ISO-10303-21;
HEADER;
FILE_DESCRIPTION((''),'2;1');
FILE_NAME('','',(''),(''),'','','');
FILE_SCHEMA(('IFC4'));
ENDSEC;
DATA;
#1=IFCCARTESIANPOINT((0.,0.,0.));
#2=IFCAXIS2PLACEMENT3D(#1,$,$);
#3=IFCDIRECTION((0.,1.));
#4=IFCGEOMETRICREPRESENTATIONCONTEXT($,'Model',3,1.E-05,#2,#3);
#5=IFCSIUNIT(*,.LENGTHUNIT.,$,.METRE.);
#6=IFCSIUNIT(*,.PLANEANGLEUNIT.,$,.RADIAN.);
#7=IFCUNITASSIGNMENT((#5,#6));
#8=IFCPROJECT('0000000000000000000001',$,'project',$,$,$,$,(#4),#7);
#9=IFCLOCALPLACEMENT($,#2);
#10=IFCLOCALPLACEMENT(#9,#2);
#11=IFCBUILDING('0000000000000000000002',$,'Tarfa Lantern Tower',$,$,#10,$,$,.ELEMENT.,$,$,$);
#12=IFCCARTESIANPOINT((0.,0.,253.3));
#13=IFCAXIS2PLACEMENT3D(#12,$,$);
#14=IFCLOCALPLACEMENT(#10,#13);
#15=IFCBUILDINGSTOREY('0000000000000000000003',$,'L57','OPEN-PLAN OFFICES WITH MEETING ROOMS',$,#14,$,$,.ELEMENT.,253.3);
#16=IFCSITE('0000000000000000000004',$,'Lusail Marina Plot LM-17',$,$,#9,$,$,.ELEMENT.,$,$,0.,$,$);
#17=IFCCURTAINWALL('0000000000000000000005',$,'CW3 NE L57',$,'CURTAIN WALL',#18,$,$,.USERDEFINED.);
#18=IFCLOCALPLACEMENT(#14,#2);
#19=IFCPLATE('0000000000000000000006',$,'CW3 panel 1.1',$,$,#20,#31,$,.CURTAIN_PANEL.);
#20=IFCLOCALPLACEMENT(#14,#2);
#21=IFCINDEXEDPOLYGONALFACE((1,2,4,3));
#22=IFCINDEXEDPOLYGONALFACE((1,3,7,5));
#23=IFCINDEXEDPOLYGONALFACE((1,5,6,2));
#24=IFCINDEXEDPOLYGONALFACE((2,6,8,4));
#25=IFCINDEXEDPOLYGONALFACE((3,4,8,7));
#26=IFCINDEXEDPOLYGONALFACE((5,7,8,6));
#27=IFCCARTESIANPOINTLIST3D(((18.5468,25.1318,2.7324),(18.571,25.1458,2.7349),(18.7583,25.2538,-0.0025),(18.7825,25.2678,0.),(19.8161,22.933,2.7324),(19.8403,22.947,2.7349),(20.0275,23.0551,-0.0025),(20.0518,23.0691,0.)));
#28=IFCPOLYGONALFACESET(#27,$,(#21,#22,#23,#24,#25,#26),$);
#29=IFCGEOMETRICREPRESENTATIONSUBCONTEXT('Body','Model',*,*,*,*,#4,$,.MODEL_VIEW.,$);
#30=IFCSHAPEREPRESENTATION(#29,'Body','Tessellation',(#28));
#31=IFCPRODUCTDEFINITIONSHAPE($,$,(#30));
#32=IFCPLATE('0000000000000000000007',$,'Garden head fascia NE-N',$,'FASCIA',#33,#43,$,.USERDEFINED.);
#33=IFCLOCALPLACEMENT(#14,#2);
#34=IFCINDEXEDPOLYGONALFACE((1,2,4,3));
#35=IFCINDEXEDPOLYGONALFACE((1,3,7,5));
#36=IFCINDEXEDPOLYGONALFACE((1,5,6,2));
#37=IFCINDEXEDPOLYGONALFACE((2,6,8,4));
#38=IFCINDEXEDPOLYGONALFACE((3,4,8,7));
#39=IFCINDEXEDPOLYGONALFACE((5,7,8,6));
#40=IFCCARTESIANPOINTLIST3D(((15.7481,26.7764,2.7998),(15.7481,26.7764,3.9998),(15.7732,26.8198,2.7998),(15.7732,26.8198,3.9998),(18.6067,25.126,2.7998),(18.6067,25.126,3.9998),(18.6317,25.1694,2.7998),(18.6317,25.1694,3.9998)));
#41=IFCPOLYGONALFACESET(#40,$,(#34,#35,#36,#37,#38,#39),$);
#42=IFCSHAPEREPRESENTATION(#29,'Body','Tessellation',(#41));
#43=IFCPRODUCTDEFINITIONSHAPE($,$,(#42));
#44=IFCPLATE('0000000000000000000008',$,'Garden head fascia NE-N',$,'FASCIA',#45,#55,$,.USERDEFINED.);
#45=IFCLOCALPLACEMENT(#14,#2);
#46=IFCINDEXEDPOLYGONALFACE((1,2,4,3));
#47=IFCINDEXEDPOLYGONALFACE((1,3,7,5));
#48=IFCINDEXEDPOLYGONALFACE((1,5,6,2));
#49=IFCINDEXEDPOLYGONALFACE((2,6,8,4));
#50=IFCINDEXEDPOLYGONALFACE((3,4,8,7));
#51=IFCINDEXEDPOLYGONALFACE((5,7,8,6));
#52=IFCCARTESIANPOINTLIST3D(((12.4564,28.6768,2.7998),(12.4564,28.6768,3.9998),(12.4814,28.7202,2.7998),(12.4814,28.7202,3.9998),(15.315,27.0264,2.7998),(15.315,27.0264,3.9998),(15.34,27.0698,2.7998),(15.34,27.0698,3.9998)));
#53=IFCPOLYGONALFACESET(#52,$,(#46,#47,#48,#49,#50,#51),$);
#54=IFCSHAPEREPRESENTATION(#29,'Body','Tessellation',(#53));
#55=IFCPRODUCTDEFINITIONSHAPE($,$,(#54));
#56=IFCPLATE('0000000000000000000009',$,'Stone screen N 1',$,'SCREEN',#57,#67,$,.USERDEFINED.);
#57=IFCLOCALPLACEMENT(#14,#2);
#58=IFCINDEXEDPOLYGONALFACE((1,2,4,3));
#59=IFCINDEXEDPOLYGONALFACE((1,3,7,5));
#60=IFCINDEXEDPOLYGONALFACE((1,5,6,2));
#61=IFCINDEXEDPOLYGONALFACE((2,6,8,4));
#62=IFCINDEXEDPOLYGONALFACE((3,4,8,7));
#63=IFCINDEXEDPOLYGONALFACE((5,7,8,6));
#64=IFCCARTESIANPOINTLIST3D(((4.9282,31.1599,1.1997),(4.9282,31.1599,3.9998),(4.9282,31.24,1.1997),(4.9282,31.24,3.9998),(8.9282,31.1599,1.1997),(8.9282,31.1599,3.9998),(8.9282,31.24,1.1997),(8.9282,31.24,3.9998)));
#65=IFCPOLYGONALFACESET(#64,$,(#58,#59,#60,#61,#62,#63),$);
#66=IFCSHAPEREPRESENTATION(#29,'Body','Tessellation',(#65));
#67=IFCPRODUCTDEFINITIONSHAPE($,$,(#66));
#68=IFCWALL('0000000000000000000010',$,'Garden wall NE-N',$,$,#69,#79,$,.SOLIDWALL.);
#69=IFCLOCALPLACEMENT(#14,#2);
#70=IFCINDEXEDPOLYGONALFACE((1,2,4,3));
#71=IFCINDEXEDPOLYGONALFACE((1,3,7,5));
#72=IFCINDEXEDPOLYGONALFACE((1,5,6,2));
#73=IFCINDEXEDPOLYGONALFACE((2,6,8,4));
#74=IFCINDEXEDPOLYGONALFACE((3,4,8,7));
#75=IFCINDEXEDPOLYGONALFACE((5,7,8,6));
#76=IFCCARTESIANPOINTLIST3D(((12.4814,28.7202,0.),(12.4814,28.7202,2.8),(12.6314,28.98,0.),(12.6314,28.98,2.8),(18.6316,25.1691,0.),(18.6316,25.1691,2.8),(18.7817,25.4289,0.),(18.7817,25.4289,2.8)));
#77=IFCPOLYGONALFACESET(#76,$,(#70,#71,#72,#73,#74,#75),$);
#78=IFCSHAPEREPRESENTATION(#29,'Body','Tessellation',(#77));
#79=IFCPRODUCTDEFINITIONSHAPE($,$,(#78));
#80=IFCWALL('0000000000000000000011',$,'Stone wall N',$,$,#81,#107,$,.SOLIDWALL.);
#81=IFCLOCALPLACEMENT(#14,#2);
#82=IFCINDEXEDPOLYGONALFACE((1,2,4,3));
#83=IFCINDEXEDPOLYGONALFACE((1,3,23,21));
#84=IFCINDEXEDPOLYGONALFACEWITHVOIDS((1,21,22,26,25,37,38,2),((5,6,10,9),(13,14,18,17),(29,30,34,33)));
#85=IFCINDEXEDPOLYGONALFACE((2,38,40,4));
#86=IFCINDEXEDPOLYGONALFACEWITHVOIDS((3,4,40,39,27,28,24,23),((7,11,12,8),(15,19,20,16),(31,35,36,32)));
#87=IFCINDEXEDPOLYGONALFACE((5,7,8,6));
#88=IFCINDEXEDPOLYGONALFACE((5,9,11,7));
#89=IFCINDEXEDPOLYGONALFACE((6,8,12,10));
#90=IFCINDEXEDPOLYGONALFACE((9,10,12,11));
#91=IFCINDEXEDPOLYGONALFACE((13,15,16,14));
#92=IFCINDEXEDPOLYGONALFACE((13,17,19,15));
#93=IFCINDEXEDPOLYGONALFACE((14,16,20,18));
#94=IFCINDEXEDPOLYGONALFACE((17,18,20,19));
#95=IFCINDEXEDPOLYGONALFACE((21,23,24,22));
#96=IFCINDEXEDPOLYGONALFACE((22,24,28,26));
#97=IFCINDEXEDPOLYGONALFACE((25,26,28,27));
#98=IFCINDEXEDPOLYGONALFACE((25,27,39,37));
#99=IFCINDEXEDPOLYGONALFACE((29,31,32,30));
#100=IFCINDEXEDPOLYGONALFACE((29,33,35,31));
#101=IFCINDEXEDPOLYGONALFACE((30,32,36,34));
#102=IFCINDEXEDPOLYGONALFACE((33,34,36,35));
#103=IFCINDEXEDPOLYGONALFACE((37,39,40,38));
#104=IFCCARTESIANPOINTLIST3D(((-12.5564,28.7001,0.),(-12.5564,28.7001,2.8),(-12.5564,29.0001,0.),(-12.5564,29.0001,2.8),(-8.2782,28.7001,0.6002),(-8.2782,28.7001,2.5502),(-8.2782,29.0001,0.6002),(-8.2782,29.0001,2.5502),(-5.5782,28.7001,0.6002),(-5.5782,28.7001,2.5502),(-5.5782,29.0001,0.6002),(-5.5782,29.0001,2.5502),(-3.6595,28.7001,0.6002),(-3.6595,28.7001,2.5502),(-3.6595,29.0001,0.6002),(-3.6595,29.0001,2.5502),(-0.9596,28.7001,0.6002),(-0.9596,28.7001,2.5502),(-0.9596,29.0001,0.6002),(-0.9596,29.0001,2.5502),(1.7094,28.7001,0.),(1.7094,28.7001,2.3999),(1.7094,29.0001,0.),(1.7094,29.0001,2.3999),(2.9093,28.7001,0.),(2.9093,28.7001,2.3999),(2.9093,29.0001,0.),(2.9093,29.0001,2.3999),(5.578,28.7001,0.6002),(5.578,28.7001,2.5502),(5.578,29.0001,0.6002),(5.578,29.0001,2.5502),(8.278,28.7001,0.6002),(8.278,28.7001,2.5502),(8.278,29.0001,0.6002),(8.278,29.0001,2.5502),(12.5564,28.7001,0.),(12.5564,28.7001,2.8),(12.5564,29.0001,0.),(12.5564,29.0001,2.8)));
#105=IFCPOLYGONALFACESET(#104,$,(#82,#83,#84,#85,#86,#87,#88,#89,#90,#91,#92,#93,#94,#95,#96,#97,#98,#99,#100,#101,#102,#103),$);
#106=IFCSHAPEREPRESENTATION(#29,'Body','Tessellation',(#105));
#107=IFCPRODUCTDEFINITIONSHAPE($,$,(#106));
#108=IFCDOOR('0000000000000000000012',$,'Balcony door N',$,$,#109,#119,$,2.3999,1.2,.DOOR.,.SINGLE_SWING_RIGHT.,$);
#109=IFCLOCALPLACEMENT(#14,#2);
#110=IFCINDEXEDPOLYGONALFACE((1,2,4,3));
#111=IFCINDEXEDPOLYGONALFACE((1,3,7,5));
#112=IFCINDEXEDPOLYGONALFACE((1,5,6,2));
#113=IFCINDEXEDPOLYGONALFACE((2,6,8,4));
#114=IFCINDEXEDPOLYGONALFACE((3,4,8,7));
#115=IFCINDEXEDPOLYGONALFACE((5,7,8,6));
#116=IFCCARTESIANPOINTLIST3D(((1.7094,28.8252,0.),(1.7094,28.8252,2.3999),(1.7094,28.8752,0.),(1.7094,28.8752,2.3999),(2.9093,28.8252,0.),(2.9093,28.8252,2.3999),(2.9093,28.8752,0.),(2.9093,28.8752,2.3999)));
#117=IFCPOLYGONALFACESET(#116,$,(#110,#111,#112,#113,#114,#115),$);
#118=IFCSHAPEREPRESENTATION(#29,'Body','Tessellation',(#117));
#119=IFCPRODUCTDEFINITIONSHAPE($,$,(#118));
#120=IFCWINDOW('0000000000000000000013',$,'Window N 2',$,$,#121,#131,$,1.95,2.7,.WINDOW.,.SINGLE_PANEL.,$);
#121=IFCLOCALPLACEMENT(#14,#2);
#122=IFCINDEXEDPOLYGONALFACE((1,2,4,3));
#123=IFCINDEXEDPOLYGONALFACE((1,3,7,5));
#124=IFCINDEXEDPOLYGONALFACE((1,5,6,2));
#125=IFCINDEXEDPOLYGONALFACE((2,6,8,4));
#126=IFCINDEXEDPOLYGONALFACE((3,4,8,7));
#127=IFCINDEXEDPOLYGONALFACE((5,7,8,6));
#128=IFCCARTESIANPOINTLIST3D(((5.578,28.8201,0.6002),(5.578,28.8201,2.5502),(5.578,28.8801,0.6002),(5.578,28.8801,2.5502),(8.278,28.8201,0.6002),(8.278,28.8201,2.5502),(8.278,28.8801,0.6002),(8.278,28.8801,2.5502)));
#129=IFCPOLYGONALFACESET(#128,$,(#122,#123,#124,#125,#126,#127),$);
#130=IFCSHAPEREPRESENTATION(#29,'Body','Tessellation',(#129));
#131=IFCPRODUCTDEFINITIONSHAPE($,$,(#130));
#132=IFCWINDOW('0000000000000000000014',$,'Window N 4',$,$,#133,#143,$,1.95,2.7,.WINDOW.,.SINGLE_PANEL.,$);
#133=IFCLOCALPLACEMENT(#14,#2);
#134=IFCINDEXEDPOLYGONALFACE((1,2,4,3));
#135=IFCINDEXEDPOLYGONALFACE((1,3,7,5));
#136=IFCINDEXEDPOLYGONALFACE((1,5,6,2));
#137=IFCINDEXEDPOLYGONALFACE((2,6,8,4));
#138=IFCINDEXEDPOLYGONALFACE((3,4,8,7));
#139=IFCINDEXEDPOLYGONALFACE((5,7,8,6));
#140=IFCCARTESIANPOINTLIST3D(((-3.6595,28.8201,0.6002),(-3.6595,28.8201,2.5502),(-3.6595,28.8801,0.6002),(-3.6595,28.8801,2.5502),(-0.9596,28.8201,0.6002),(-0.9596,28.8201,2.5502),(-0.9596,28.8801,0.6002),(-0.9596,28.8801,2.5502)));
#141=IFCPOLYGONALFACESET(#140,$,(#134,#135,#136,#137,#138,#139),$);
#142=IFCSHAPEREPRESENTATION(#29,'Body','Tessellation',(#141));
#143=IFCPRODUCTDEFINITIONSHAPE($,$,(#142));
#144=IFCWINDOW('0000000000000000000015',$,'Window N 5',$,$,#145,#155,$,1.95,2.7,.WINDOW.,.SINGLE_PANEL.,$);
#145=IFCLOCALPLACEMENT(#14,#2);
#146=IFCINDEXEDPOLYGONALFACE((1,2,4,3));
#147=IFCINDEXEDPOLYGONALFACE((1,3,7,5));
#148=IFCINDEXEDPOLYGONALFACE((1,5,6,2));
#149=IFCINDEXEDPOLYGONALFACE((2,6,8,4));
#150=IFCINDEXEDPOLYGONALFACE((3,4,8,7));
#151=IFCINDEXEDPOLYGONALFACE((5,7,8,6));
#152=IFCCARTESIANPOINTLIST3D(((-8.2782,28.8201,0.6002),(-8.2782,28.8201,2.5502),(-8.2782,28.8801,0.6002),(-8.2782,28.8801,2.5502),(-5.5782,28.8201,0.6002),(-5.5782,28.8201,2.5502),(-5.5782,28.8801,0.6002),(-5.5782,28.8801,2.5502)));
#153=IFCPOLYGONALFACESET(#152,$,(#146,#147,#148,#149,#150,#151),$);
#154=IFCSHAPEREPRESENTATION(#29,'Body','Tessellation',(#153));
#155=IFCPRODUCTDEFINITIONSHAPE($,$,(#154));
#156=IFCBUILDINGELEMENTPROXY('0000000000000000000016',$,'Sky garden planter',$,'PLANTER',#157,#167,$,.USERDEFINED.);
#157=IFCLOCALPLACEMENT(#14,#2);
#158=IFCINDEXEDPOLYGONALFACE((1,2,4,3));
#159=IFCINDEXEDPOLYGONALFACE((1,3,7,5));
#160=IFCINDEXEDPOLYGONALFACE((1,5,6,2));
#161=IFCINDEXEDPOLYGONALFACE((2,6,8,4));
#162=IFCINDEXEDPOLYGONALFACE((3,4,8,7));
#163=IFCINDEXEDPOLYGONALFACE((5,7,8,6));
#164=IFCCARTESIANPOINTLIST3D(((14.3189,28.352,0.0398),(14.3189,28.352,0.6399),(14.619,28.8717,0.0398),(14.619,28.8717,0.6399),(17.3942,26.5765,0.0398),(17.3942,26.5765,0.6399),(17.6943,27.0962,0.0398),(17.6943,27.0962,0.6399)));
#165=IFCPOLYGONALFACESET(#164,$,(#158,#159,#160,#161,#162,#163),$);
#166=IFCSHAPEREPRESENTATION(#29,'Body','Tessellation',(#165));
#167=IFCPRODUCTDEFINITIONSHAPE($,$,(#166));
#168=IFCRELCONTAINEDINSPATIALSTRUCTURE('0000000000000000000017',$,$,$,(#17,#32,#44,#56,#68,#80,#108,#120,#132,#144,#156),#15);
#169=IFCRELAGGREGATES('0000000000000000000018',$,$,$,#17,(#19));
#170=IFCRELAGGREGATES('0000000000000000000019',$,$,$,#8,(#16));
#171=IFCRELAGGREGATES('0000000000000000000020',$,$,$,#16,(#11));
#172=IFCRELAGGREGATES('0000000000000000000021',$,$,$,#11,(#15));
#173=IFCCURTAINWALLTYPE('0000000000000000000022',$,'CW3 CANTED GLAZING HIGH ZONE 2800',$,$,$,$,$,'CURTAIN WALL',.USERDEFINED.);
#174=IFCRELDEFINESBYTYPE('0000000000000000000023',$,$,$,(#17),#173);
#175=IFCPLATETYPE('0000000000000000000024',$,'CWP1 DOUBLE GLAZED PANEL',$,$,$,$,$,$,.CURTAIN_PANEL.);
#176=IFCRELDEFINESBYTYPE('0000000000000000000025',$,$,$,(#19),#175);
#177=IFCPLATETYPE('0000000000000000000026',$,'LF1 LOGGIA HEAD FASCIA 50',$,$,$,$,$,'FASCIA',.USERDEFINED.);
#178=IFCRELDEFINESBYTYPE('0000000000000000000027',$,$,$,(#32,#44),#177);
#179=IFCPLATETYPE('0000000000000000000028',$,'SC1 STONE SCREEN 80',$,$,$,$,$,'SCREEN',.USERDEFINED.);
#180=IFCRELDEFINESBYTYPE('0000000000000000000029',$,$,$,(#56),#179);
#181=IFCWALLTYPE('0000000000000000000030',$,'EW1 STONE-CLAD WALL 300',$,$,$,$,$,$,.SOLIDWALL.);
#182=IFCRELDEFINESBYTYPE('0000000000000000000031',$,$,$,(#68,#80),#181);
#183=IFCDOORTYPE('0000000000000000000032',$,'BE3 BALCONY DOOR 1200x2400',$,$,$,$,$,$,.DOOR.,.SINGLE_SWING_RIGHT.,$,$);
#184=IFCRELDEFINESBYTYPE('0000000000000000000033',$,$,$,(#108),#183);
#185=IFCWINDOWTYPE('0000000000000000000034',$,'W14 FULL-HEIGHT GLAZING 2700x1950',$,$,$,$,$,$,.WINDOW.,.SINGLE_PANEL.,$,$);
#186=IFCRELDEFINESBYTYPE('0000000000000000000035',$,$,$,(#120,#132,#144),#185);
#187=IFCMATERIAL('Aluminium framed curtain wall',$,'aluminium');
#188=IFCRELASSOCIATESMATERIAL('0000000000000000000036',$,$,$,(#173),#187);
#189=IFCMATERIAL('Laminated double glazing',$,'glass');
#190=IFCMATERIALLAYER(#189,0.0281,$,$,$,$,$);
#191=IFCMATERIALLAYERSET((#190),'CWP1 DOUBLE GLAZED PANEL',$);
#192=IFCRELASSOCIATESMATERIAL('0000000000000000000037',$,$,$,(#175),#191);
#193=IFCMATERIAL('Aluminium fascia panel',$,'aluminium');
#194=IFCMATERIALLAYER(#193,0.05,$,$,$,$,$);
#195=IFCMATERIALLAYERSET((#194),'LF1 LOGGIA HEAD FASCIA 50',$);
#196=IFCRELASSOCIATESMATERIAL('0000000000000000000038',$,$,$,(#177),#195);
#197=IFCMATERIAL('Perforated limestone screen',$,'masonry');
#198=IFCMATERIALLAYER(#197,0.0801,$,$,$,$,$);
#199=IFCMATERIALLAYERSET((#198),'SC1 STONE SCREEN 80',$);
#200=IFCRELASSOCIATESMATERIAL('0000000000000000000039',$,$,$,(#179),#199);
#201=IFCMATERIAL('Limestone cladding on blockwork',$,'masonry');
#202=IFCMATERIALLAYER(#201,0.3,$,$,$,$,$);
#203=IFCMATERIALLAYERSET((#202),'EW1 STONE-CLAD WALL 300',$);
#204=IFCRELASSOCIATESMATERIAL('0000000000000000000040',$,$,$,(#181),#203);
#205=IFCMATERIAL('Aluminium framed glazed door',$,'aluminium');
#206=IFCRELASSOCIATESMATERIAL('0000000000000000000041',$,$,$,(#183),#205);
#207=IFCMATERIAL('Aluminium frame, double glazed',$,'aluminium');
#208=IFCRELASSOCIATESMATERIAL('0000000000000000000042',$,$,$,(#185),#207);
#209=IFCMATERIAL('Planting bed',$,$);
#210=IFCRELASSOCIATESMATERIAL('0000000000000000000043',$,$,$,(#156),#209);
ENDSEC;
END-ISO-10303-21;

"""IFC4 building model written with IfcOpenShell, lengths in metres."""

from ifc_helpers import new_model, si_unit, direction, frame, frame_2d, origin, origin_2d, place, context, subcontext, project, spatial, polyline, rectangle, outline, extrude, material, layer, layer_set, type_object, element, fill, aggregate, save


model = new_model("IFC4")

# Units and contexts
model_context = context("Model", 3, precision=1e-05, world=origin(), true_north=direction((0.0, 1.0)))
body_context = subcontext(model_context, "Body", "Model", "MODEL_VIEW")
ifc_project = project(units=[si_unit("LENGTHUNIT", "METRE"), si_unit("PLANEANGLEUNIT", "RADIAN")], contexts=[model_context])

# Site, building, storey
site_placement = place(None, origin())
site = spatial("IfcSite", under=ifc_project, at=site_placement, Name="Lusail Marina Plot LM-17", CompositionType="ELEMENT", RefElevation=0.0)
building_placement = place(site_placement, origin())
building = spatial("IfcBuilding", under=site, at=building_placement, Name="Tarfa Lantern Tower", CompositionType="ELEMENT")
storey_placement = place(building_placement, frame((0.0, 0.0, 253.3)))
storey = spatial("IfcBuildingStorey", under=building, at=storey_placement, Name="L57", Description="OPEN-PLAN OFFICES WITH MEETING ROOMS", CompositionType="ELEMENT", Elevation=253.3)

# Curtain wall
ifc_material_1 = material(Name="Aluminium framed curtain wall", Category="aluminium")
curtain_wall_type = type_object("IfcCurtainWallType", Name="CW3 CANTED GLAZING HIGH ZONE 2800", ElementType="CURTAIN WALL", PredefinedType="USERDEFINED", material=ifc_material_1)
curtain_wall_placement = place(storey_placement, origin())
curtain_wall = element("IfcCurtainWall", 1, at=curtain_wall_placement, inside=storey, type_object=curtain_wall_type, Name="CW3 NE L57", ObjectType="CURTAIN WALL", PredefinedType="USERDEFINED")

# Plate
ifc_material_2 = material(Name="Laminated double glazing", Category="glass")
ifc_layer_1 = layer(ifc_material_2, 0.0281)
ifc_layer_set_1 = layer_set([ifc_layer_1], Name="CWP1 DOUBLE GLAZED PANEL")
plate_type_1 = type_object("IfcPlateType", Name="CWP1 DOUBLE GLAZED PANEL", PredefinedType="CURTAIN_PANEL", material=ifc_layer_set_1)
plate_1_placement = place(storey_placement, frame((20.0518, 23.0691, 0.0), z_axis=(0.862621, 0.497975, 0.088914), x_axis=(-0.499956, 0.866051, 0.0)))
plate_1 = element("IfcPlate", 2, at=plate_1_placement, type_object=plate_type_1, Name="CW3 panel 1.1", PredefinedType="CURTAIN_PANEL", context=body_context, shape_type="SweptSolid", body=[
    extrude(outline(polyline([(0.0, 0.0), (2.5388, 0.0), (2.5388, 2.7457), (0.0, 2.7457), (0.0, 0.0)])), origin(), (0.0, 0.0, -1.0), 0.0281),
])
aggregate(curtain_wall, [plate_1])

# Plates
ifc_material_3 = material(Name="Aluminium fascia panel", Category="aluminium")
ifc_layer_2 = layer(ifc_material_3, 0.05)
ifc_layer_set_2 = layer_set([ifc_layer_2], Name="LF1 LOGGIA HEAD FASCIA 50")
plate_type_2 = type_object("IfcPlateType", Name="LF1 LOGGIA HEAD FASCIA 50", ElementType="FASCIA", PredefinedType="USERDEFINED", material=ifc_layer_set_2)
for number, where, z_axis, x_axis, name in (
    (3, (17.1899, 25.9729, 2.7998), (0.0, 0.0, 1.0), (-0.866025, 0.5, 0.0), "Garden head fascia NE-N"),
    (4, (13.8982, 27.8733, 2.7998), (0.0, 0.0, 1.0), (-0.866025, 0.5, 0.0), "Garden head fascia NE-N"),
):
    element("IfcPlate", number, at=place(storey_placement, frame(where, z_axis=z_axis, x_axis=x_axis)), inside=storey, type_object=plate_type_2, Name=name, ObjectType="FASCIA", PredefinedType="USERDEFINED", context=body_context, shape_type="SweptSolid", body=[
        extrude(rectangle(XDim=3.3008, YDim=0.05, at=origin_2d()), origin(), (0.0, 0.0, 1.0), 1.2),
    ])
ifc_material_4 = material(Name="Perforated limestone screen", Category="masonry")
ifc_layer_3 = layer(ifc_material_4, 0.0801)
ifc_layer_set_3 = layer_set([ifc_layer_3], Name="SC1 STONE SCREEN 80")
plate_type_3 = type_object("IfcPlateType", Name="SC1 STONE SCREEN 80", ElementType="SCREEN", PredefinedType="USERDEFINED", material=ifc_layer_set_3)
plate_2_placement = place(storey_placement, frame((6.9282, 31.2, 1.1997), z_axis=(0.0, 0.0, 1.0), x_axis=(-1.0, 0.0, 0.0)))
element("IfcPlate", 5, at=plate_2_placement, inside=storey, type_object=plate_type_3, Name="Stone screen N 1", ObjectType="SCREEN", PredefinedType="USERDEFINED", context=body_context, shape_type="SweptSolid", body=[
    extrude(rectangle(XDim=4.0, YDim=0.0801, at=origin_2d()), origin(), (0.0, 0.0, 1.0), 2.8),
])

# Wall
ifc_material_5 = material(Name="Limestone cladding on blockwork", Category="masonry")
ifc_layer_4 = layer(ifc_material_5, 0.3)
ifc_layer_set_4 = layer_set([ifc_layer_4], Name="EW1 STONE-CLAD WALL 300")
wall_type = type_object("IfcWallType", Name="EW1 STONE-CLAD WALL 300", PredefinedType="SOLIDWALL", material=ifc_layer_set_4)
wall_1_placement = place(storey_placement, frame((18.7065, 25.2991, 0.0), z_axis=(0.0, 0.0, 1.0), x_axis=(-0.866011, 0.500025, 0.0)))
element("IfcWall", 6, at=wall_1_placement, inside=storey, type_object=wall_type, Name="Garden wall NE-N", PredefinedType="SOLIDWALL", context=body_context, shape_type="SweptSolid", body=[
    extrude(rectangle(XDim=7.1018, YDim=0.3, at=frame_2d((3.5508, 0.0))), origin(), (0.0, 0.0, 1.0), 2.8),
])

# Wall, openings, door, windows
wall_2_placement = place(storey_placement, frame((12.5564, 28.8501, 0.0), z_axis=(0.0, 0.0, 1.0), x_axis=(-1.0, 0.0, 0.0)))
wall_2 = element("IfcWall", 7, at=wall_2_placement, inside=storey, type_object=wall_type, Name="Stone wall N", PredefinedType="SOLIDWALL", context=body_context, shape_type="SweptSolid", body=[
    extrude(rectangle(XDim=25.1128, YDim=0.3, at=frame_2d((12.5564, 0.0))), origin(), (0.0, 0.0, 1.0), 2.8),
])
opening_1_placement = place(wall_2_placement, frame((4.2783, 0.0, 0.6001)))
opening_1 = element("IfcOpeningElement", 8, at=opening_1_placement, cuts=wall_2, PredefinedType="OPENING", context=body_context, shape_type="SweptSolid", body=[
    extrude(rectangle(XDim=2.7, YDim=1.95, at=frame_2d((1.3501, 0.9751))), frame((0.0, 0.1599, 0.0), z_axis=(0.0, -1.0, 0.0), x_axis=(1.0, 0.0, 0.0)), (0.0, 0.0, 1.0), 0.3201),
])
opening_2_placement = place(wall_2_placement, frame((9.647, 0.0, 0.0)))
opening_2 = element("IfcOpeningElement", 9, at=opening_2_placement, cuts=wall_2, PredefinedType="OPENING", context=body_context, shape_type="SweptSolid", body=[
    extrude(rectangle(XDim=1.2, YDim=2.3999, at=frame_2d((0.6001, 1.2))), frame((0.0, 0.1599, 0.0), z_axis=(0.0, -1.0, 0.0), x_axis=(1.0, 0.0, 0.0)), (0.0, 0.0, 1.0), 0.3201),
])
opening_3_placement = place(wall_2_placement, frame((13.5159, 0.0, 0.6001)))
opening_3 = element("IfcOpeningElement", 10, at=opening_3_placement, cuts=wall_2, PredefinedType="OPENING", context=body_context, shape_type="SweptSolid", body=[
    extrude(rectangle(XDim=2.7, YDim=1.95, at=frame_2d((1.3501, 0.9751))), frame((0.0, 0.1599, 0.0), z_axis=(0.0, -1.0, 0.0), x_axis=(1.0, 0.0, 0.0)), (0.0, 0.0, 1.0), 0.3201),
])
opening_4_placement = place(wall_2_placement, frame((18.1345, 0.0, 0.6001)))
opening_4 = element("IfcOpeningElement", 11, at=opening_4_placement, cuts=wall_2, PredefinedType="OPENING", context=body_context, shape_type="SweptSolid", body=[
    extrude(rectangle(XDim=2.7, YDim=1.95, at=frame_2d((1.3501, 0.9751))), frame((0.0, 0.1599, 0.0), z_axis=(0.0, -1.0, 0.0), x_axis=(1.0, 0.0, 0.0)), (0.0, 0.0, 1.0), 0.3201),
])
ifc_material_6 = material(Name="Aluminium framed glazed door", Category="aluminium")
door_type = type_object("IfcDoorType", Name="BE3 BALCONY DOOR 1200x2400", OperationType="SINGLE_SWING_RIGHT", PredefinedType="DOOR", material=ifc_material_6)
door_placement = place(opening_2_placement, origin())
door = element("IfcDoor", 12, at=door_placement, inside=storey, type_object=door_type, Name="Balcony door N", OperationType="SINGLE_SWING_RIGHT", OverallHeight=2.3999, OverallWidth=1.2, PredefinedType="DOOR", context=body_context, shape_type="SweptSolid", body=[
    extrude(rectangle(XDim=1.2, YDim=2.3999, at=frame_2d((0.6001, 1.2))), frame((0.0, 0.0249, 0.0), z_axis=(0.0, -1.0, 0.0), x_axis=(1.0, 0.0, 0.0)), (0.0, 0.0, 1.0), 0.05),
])
fill(opening_2, door)
ifc_material_7 = material(Name="Aluminium frame, double glazed", Category="aluminium")
window_type = type_object("IfcWindowType", Name="W14 FULL-HEIGHT GLAZING 2700x1950", PartitioningType="SINGLE_PANEL", PredefinedType="WINDOW", material=ifc_material_7)
window_1_placement = place(opening_1_placement, origin())
window_1 = element("IfcWindow", 13, at=window_1_placement, inside=storey, type_object=window_type, Name="Window N 2", OverallHeight=1.95, OverallWidth=2.7, PartitioningType="SINGLE_PANEL", PredefinedType="WINDOW", context=body_context, shape_type="SweptSolid", body=[
    extrude(rectangle(XDim=2.7, YDim=1.95, at=frame_2d((1.3501, 0.9751))), frame((0.0, 0.03, 0.0), z_axis=(0.0, -1.0, 0.0), x_axis=(1.0, 0.0, 0.0)), (0.0, 0.0, 1.0), 0.0601),
])
fill(opening_1, window_1)
window_2_placement = place(opening_3_placement, origin())
window_2 = element("IfcWindow", 14, at=window_2_placement, inside=storey, type_object=window_type, Name="Window N 4", OverallHeight=1.95, OverallWidth=2.7, PartitioningType="SINGLE_PANEL", PredefinedType="WINDOW", context=body_context, shape_type="SweptSolid", body=[
    extrude(rectangle(XDim=2.7, YDim=1.95, at=frame_2d((1.3501, 0.9751))), frame((0.0, 0.03, 0.0), z_axis=(0.0, -1.0, 0.0), x_axis=(1.0, 0.0, 0.0)), (0.0, 0.0, 1.0), 0.0601),
])
fill(opening_3, window_2)
window_3_placement = place(opening_4_placement, origin())
window_3 = element("IfcWindow", 15, at=window_3_placement, inside=storey, type_object=window_type, Name="Window N 5", OverallHeight=1.95, OverallWidth=2.7, PartitioningType="SINGLE_PANEL", PredefinedType="WINDOW", context=body_context, shape_type="SweptSolid", body=[
    extrude(rectangle(XDim=2.7, YDim=1.95, at=frame_2d((1.3501, 0.9751))), frame((0.0, 0.03, 0.0), z_axis=(0.0, -1.0, 0.0), x_axis=(1.0, 0.0, 0.0)), (0.0, 0.0, 1.0), 0.0601),
])
fill(opening_4, window_3)

# Building element proxy
ifc_material_8 = material(Name="Planting bed")
proxy_placement = place(storey_placement, frame((16.0066, 27.7241, 0.0398), z_axis=(0.0, 0.0, 1.0), x_axis=(-0.866025, 0.5, 0.0)))
element("IfcBuildingElementProxy", 16, at=proxy_placement, inside=storey, material=ifc_material_8, Name="Sky garden planter", ObjectType="PLANTER", PredefinedType="USERDEFINED", context=body_context, shape_type="SweptSolid", body=[
    extrude(rectangle(XDim=3.551, YDim=0.6001, at=origin_2d()), origin(), (0.0, 0.0, 1.0), 0.6001),
])

save(model, "model.ifc")
